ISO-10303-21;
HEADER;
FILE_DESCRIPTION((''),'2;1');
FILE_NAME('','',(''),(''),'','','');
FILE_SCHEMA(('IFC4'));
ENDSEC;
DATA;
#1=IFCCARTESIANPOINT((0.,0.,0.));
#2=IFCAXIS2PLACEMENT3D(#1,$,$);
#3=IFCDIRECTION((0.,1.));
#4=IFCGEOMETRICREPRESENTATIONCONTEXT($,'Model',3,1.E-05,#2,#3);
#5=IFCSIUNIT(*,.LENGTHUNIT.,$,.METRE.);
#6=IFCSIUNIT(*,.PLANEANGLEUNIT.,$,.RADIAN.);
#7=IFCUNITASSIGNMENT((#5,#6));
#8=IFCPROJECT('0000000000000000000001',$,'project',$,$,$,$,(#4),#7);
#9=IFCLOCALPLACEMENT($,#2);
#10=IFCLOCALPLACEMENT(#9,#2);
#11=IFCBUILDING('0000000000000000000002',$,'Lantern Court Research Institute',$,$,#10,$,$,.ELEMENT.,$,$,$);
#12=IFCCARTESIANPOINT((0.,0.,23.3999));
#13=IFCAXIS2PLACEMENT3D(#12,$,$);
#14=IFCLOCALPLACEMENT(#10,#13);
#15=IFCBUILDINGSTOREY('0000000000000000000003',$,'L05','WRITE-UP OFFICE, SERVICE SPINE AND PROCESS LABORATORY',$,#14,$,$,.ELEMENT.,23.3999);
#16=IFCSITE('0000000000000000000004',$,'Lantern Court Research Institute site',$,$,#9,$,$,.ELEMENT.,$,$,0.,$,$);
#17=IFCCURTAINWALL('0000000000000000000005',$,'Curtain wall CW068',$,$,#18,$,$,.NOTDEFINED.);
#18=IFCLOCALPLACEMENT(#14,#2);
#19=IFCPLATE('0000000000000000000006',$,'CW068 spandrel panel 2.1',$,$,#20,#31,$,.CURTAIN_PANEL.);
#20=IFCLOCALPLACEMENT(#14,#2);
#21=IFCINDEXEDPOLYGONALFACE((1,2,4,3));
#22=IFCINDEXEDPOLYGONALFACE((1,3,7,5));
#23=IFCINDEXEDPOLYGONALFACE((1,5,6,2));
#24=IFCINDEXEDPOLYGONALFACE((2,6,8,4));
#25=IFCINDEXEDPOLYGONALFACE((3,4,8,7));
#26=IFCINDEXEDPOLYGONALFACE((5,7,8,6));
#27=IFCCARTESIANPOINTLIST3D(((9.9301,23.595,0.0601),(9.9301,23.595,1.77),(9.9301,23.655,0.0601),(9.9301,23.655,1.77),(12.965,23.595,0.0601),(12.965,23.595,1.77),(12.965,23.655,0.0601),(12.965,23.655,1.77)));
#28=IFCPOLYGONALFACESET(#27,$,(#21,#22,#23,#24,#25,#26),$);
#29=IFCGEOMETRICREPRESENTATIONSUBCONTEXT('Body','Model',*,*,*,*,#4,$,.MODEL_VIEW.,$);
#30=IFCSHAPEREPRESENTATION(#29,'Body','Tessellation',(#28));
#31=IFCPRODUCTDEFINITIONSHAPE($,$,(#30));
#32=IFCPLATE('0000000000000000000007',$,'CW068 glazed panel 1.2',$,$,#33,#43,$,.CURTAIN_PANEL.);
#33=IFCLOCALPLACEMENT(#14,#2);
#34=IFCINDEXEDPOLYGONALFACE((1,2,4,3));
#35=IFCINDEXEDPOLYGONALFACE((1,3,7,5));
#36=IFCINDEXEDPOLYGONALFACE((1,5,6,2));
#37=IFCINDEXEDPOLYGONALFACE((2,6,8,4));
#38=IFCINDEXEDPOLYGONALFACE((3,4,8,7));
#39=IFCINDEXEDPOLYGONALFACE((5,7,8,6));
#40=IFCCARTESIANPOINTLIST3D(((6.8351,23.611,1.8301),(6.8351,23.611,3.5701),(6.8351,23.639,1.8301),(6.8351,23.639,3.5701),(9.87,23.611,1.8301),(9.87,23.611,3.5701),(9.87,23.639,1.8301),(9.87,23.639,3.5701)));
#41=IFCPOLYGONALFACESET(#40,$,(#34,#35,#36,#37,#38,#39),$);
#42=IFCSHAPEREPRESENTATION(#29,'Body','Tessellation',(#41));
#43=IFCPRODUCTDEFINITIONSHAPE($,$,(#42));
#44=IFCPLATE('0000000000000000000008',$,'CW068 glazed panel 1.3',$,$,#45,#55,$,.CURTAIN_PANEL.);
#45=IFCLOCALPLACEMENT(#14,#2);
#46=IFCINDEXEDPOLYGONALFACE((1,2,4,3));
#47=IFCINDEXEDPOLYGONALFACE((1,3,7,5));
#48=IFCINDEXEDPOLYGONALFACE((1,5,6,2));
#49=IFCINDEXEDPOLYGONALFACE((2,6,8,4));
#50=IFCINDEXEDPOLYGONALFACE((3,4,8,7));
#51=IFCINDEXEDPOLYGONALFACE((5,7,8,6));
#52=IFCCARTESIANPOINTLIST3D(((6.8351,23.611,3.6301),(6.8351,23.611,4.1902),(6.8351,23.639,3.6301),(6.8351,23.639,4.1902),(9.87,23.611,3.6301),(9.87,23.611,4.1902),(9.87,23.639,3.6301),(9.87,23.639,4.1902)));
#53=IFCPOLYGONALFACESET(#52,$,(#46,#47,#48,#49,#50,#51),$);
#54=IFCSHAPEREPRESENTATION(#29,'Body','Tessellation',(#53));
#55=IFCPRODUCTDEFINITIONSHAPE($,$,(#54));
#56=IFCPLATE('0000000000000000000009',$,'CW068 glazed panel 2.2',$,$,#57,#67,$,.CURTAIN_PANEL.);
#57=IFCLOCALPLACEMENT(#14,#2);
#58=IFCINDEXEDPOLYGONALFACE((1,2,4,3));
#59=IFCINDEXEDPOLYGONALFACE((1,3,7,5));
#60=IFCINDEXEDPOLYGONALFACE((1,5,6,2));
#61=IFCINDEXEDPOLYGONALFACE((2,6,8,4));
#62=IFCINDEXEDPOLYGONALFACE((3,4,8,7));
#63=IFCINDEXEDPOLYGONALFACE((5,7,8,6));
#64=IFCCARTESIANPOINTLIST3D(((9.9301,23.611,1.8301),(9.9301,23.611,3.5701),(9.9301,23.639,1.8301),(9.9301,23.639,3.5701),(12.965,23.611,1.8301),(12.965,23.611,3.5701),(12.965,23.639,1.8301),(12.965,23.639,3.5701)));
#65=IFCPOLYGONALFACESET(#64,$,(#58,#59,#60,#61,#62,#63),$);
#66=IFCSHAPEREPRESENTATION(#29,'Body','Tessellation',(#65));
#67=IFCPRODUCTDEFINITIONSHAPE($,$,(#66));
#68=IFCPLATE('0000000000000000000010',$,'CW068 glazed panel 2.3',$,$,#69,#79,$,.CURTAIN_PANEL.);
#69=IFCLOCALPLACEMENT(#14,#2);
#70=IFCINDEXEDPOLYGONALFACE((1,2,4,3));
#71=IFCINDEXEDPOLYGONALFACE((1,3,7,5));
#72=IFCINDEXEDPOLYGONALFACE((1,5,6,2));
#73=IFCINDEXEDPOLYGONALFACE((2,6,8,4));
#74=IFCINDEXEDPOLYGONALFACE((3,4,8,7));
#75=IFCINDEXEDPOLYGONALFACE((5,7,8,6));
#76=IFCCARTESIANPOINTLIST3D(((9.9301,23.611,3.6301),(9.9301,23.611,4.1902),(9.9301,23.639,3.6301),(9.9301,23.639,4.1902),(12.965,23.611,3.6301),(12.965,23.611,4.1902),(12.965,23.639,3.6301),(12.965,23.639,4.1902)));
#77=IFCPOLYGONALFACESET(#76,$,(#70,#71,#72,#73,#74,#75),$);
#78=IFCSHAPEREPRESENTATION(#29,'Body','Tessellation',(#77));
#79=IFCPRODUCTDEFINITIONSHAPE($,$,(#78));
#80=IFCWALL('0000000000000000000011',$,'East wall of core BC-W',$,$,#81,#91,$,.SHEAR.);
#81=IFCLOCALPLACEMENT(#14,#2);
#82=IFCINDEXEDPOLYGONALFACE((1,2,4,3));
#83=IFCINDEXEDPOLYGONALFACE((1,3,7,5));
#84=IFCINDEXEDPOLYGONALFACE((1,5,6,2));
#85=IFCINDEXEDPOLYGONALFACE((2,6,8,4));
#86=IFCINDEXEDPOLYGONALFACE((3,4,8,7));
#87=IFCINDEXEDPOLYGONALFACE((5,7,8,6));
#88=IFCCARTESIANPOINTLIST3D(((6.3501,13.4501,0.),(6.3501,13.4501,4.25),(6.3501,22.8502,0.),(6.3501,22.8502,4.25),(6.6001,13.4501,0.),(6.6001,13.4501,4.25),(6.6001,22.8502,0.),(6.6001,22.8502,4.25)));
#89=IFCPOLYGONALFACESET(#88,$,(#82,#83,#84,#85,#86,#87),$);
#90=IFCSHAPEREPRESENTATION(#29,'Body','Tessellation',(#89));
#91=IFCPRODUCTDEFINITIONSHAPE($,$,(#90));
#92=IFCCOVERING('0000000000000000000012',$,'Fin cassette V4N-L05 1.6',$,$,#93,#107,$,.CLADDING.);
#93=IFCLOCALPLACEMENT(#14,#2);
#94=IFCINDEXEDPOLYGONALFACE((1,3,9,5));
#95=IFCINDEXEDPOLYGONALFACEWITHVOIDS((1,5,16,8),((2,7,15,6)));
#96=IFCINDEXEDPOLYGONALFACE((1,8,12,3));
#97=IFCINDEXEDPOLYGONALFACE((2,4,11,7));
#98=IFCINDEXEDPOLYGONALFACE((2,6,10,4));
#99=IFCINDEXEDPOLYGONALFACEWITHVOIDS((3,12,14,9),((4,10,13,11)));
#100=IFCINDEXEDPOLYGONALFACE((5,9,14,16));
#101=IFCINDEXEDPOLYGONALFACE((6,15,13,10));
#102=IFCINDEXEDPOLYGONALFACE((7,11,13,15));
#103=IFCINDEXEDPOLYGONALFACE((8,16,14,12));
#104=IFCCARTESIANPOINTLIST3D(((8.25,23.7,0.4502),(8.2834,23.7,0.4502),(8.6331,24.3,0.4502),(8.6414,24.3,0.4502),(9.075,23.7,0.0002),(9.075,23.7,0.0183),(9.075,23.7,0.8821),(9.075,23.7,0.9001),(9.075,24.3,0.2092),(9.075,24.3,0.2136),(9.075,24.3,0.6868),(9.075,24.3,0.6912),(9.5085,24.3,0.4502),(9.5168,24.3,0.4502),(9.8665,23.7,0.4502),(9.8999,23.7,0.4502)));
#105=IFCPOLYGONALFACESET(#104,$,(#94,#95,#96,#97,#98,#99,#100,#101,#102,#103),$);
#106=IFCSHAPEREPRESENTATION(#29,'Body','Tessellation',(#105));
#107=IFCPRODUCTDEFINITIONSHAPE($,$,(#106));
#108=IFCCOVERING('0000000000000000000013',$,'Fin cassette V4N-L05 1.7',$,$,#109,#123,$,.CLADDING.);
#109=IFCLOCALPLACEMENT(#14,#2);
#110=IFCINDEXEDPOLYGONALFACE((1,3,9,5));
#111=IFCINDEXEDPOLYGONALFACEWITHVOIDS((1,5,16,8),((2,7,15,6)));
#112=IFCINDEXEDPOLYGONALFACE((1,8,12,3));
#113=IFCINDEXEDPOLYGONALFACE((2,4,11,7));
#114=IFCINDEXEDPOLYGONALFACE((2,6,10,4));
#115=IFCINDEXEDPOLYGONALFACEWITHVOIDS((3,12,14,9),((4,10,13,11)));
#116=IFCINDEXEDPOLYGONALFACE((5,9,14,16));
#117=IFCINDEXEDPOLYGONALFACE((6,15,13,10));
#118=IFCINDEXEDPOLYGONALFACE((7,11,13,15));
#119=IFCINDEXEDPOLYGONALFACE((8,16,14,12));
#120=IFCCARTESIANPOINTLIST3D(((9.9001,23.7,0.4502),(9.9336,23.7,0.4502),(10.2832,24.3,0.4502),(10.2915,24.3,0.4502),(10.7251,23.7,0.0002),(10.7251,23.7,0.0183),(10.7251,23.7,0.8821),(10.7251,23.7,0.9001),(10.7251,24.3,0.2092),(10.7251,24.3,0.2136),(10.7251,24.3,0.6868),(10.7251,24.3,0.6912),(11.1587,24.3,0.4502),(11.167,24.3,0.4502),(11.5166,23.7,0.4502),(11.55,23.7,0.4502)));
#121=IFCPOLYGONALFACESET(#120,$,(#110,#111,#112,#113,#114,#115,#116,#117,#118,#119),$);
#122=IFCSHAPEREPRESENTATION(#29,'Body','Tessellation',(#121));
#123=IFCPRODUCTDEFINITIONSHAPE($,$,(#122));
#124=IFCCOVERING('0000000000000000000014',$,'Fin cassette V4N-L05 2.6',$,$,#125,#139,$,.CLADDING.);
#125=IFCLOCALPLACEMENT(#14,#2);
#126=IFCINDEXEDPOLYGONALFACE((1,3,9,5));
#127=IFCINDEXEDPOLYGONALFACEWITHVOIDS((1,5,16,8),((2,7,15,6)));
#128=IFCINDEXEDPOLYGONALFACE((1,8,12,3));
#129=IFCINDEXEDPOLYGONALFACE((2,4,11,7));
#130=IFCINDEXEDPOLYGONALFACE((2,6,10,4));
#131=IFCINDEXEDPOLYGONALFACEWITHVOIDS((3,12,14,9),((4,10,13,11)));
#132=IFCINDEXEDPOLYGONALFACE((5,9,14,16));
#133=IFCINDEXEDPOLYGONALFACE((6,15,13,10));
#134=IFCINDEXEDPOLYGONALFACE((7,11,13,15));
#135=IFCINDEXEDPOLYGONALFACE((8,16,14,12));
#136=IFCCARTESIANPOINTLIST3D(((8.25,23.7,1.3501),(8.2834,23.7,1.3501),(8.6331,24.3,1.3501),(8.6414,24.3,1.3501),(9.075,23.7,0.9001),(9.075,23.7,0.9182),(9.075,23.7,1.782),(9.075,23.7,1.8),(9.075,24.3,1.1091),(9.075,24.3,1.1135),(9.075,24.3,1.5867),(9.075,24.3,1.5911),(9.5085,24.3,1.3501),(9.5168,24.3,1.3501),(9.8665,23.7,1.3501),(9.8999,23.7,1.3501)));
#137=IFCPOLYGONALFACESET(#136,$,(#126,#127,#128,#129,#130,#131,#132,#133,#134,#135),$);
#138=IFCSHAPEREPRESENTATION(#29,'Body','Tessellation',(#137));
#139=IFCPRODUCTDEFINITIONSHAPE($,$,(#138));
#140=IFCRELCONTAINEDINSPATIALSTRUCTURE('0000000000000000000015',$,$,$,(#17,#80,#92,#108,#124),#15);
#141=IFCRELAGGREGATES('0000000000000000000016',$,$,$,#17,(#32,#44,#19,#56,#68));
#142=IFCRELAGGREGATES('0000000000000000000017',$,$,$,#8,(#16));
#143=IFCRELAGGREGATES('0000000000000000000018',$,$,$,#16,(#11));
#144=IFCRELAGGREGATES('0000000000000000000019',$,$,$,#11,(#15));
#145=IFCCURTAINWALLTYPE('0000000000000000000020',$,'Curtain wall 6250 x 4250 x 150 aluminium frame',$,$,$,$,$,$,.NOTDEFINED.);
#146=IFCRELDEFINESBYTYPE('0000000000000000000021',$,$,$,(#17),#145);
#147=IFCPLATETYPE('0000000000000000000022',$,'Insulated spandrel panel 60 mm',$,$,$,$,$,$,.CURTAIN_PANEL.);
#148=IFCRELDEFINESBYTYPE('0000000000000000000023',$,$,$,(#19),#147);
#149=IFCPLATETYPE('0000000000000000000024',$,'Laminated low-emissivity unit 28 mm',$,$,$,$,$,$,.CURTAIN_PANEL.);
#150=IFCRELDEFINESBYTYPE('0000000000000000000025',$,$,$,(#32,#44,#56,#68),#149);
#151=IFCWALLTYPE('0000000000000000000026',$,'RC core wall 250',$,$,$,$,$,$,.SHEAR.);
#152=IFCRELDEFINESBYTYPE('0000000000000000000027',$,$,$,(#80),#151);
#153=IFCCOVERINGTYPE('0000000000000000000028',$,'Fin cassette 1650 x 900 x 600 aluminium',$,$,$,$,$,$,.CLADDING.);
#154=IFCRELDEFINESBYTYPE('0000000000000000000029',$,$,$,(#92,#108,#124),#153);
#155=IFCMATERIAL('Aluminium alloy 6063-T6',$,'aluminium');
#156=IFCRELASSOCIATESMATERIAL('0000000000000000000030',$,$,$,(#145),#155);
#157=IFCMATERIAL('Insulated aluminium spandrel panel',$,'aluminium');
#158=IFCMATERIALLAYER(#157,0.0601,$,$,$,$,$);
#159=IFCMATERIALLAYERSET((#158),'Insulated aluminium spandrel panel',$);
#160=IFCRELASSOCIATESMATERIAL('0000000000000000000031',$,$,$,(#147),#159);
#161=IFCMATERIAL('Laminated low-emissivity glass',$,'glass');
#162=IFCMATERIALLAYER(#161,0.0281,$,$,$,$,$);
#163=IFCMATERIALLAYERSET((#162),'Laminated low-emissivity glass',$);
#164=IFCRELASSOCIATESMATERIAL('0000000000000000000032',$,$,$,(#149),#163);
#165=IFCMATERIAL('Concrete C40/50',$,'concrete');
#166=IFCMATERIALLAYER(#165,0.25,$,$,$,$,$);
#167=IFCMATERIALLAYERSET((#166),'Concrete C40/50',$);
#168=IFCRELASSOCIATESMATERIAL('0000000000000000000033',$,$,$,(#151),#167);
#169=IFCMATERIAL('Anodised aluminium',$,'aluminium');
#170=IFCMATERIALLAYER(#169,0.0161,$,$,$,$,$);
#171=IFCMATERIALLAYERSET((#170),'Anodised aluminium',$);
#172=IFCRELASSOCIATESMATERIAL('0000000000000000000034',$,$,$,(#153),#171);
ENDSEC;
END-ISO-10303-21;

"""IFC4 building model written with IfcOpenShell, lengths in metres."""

from ifc_helpers import new_model, entity, si_unit, direction, frame, frame_2d, origin, origin_2d, place, context, subcontext, project, spatial, rectangle, extrude, material, layer, layer_set, type_object, element, aggregate, save


model = new_model("IFC4")

# Units and contexts
model_context = context("Model", 3, precision=1e-05, world=origin(), true_north=direction((0.0, 1.0)))
body_context = subcontext(model_context, "Body", "Model", "MODEL_VIEW")
ifc_project = project(units=[si_unit("LENGTHUNIT", "METRE"), si_unit("PLANEANGLEUNIT", "RADIAN")], contexts=[model_context])

# Site, building, storey
site_placement = place(None, origin())
site = spatial("IfcSite", under=ifc_project, at=site_placement, Name="Lantern Court Research Institute site", CompositionType="ELEMENT", RefElevation=0.0)
building_placement = place(site_placement, origin())
building = spatial("IfcBuilding", under=site, at=building_placement, Name="Lantern Court Research Institute", CompositionType="ELEMENT")
storey_placement = place(building_placement, frame((0.0, 0.0, 23.3999)))
storey = spatial("IfcBuildingStorey", under=building, at=storey_placement, Name="L05", Description="WRITE-UP OFFICE, SERVICE SPINE AND PROCESS LABORATORY", CompositionType="ELEMENT", Elevation=23.3999)

# Curtain wall
ifc_material_1 = material(Name="Aluminium alloy 6063-T6", Category="aluminium")
curtain_wall_type = type_object("IfcCurtainWallType", Name="Curtain wall 6250 x 4250 x 150 aluminium frame", PredefinedType="NOTDEFINED", material=ifc_material_1)
curtain_wall_placement = place(storey_placement, origin())
curtain_wall = element("IfcCurtainWall", 1, at=curtain_wall_placement, inside=storey, type_object=curtain_wall_type, Name="Curtain wall CW068", PredefinedType="NOTDEFINED")

# Plates
ifc_material_2 = material(Name="Insulated aluminium spandrel panel", Category="aluminium")
ifc_layer_1 = layer(ifc_material_2, 0.0601)
ifc_layer_set_1 = layer_set([ifc_layer_1], Name="Insulated aluminium spandrel panel")
plate_type_1 = type_object("IfcPlateType", Name="Insulated spandrel panel 60 mm", PredefinedType="CURTAIN_PANEL", material=ifc_layer_set_1)
plate_1_placement = place(storey_placement, frame((11.4475, 23.625, 0.0601), z_axis=(0.0, 0.0, 1.0), x_axis=(1.0, 0.0, 0.0)))
plate_1 = element("IfcPlate", 2, at=plate_1_placement, type_object=plate_type_1, Name="CW068 spandrel panel 2.1", PredefinedType="CURTAIN_PANEL", context=body_context, shape_type="SweptSolid", body=[
    extrude(rectangle(XDim=3.0349, YDim=0.0601, at=origin_2d()), origin(), (0.0, 0.0, 1.0), 1.71),
])
ifc_material_3 = material(Name="Laminated low-emissivity glass", Category="glass")
ifc_layer_2 = layer(ifc_material_3, 0.0281)
ifc_layer_set_2 = layer_set([ifc_layer_2], Name="Laminated low-emissivity glass")
plate_type_2 = type_object("IfcPlateType", Name="Laminated low-emissivity unit 28 mm", PredefinedType="CURTAIN_PANEL", material=ifc_layer_set_2)
plate_2_placement = place(storey_placement, frame((8.3525, 23.625, 1.8301), z_axis=(0.0, 0.0, 1.0), x_axis=(1.0, 0.0, 0.0)))
plate_2 = element("IfcPlate", 3, at=plate_2_placement, type_object=plate_type_2, Name="CW068 glazed panel 1.2", PredefinedType="CURTAIN_PANEL", context=body_context, shape_type="SweptSolid", body=[
    extrude(rectangle(XDim=3.0349, YDim=0.0281, at=origin_2d()), origin(), (0.0, 0.0, 1.0), 1.74),
])
plate_3_placement = place(storey_placement, frame((8.3525, 23.625, 3.6301), z_axis=(0.0, 0.0, 1.0), x_axis=(1.0, 0.0, 0.0)))
plate_3 = element("IfcPlate", 4, at=plate_3_placement, type_object=plate_type_2, Name="CW068 glazed panel 1.3", PredefinedType="CURTAIN_PANEL", context=body_context, shape_type="SweptSolid", body=[
    extrude(rectangle(XDim=3.0349, YDim=0.0281, at=origin_2d()), origin(), (0.0, 0.0, 1.0), 0.5601),
])
plate_4_placement = place(storey_placement, frame((11.4475, 23.625, 1.8301), z_axis=(0.0, 0.0, 1.0), x_axis=(1.0, 0.0, 0.0)))
plate_4 = element("IfcPlate", 5, at=plate_4_placement, type_object=plate_type_2, Name="CW068 glazed panel 2.2", PredefinedType="CURTAIN_PANEL", context=body_context, shape_type="SweptSolid", body=[
    extrude(rectangle(XDim=3.0349, YDim=0.0281, at=origin_2d()), origin(), (0.0, 0.0, 1.0), 1.74),
])
plate_5_placement = place(storey_placement, frame((11.4475, 23.625, 3.6301), z_axis=(0.0, 0.0, 1.0), x_axis=(1.0, 0.0, 0.0)))
plate_5 = element("IfcPlate", 6, at=plate_5_placement, type_object=plate_type_2, Name="CW068 glazed panel 2.3", PredefinedType="CURTAIN_PANEL", context=body_context, shape_type="SweptSolid", body=[
    extrude(rectangle(XDim=3.0349, YDim=0.0281, at=origin_2d()), origin(), (0.0, 0.0, 1.0), 0.5601),
])
aggregate(curtain_wall, [plate_2, plate_3, plate_1, plate_4, plate_5])

# Wall
ifc_material_4 = material(Name="Concrete C40/50", Category="concrete")
ifc_layer_3 = layer(ifc_material_4, 0.25)
ifc_layer_set_3 = layer_set([ifc_layer_3], Name="Concrete C40/50")
wall_type = type_object("IfcWallType", Name="RC core wall 250", PredefinedType="SHEAR", material=ifc_layer_set_3)
wall_placement = place(storey_placement, frame((6.4751, 13.45, 0.0), z_axis=(0.0, 0.0, 1.0), x_axis=(0.0, 1.0, 0.0)))
element("IfcWall", 7, at=wall_placement, inside=storey, type_object=wall_type, Name="East wall of core BC-W", PredefinedType="SHEAR", context=body_context, shape_type="SweptSolid", body=[
    extrude(rectangle(XDim=9.4001, YDim=0.25, at=frame_2d((4.7002, 0.0))), origin(), (0.0, 0.0, 1.0), 4.25),
])

# Coverings
ifc_material_5 = material(Name="Anodised aluminium", Category="aluminium")
ifc_layer_4 = layer(ifc_material_5, 0.0161)
ifc_layer_set_4 = layer_set([ifc_layer_4], Name="Anodised aluminium")
covering_type = type_object("IfcCoveringType", Name="Fin cassette 1650 x 900 x 600 aluminium", PredefinedType="CLADDING", material=ifc_layer_set_4)
covering_1_placement = place(storey_placement, frame((9.075, 23.7, 0.4502), z_axis=(0.0, 1.0, 0.0), x_axis=(-1.0, 0.0, 0.0)))
cartesian_point_1 = entity("IfcCartesianPoint", [0.825, 0.0])
cartesian_point_2 = entity("IfcCartesianPoint", [0.7915, 0.0])
cartesian_point_3 = entity("IfcCartesianPoint", [0.4419, 0.0])
cartesian_point_4 = entity("IfcCartesianPoint", [0.4336, 0.0])
element("IfcCovering", 8, at=covering_1_placement, inside=storey, type_object=covering_type, Name="Fin cassette V4N-L05 1.6", PredefinedType="CLADDING", context=body_context, shape_type="SweptSolid", body=[
    entity("IfcExtrudedAreaSolidTapered", entity("IfcArbitraryProfileDefWithVoids", "AREA", None, entity("IfcPolyline", [cartesian_point_1, entity("IfcCartesianPoint", [0.0, 0.45]), entity("IfcCartesianPoint", [-0.825, 0.0]), entity("IfcCartesianPoint", [0.0, -0.45]), cartesian_point_1]), [entity("IfcPolyline", [cartesian_point_2, entity("IfcCartesianPoint", [0.0, 0.4319]), entity("IfcCartesianPoint", [-0.7915, 0.0]), entity("IfcCartesianPoint", [0.0, -0.4319]), cartesian_point_2])]), entity("IfcAxis2Placement3D", entity("IfcCartesianPoint", [0.0, 0.0, 0.0])), entity("IfcDirection", [0.0, 0.0, 1.0]), 0.6001, entity("IfcArbitraryProfileDefWithVoids", "AREA", None, entity("IfcPolyline", [cartesian_point_3, entity("IfcCartesianPoint", [0.0, 0.241]), entity("IfcCartesianPoint", [-0.4419, 0.0]), entity("IfcCartesianPoint", [0.0, -0.241]), cartesian_point_3]), [entity("IfcPolyline", [cartesian_point_4, entity("IfcCartesianPoint", [0.0, 0.2366]), entity("IfcCartesianPoint", [-0.4336, 0.0]), entity("IfcCartesianPoint", [0.0, -0.2366]), cartesian_point_4])])),
])
covering_2_placement = place(storey_placement, frame((10.7251, 23.7, 0.4502), z_axis=(0.0, 1.0, 0.0), x_axis=(-1.0, 0.0, 0.0)))
cartesian_point_5 = entity("IfcCartesianPoint", [0.825, 0.0])
cartesian_point_6 = entity("IfcCartesianPoint", [0.7915, 0.0])
cartesian_point_7 = entity("IfcCartesianPoint", [0.4419, 0.0])
cartesian_point_8 = entity("IfcCartesianPoint", [0.4336, 0.0])
element("IfcCovering", 9, at=covering_2_placement, inside=storey, type_object=covering_type, Name="Fin cassette V4N-L05 1.7", PredefinedType="CLADDING", context=body_context, shape_type="SweptSolid", body=[
    entity("IfcExtrudedAreaSolidTapered", entity("IfcArbitraryProfileDefWithVoids", "AREA", None, entity("IfcPolyline", [cartesian_point_5, entity("IfcCartesianPoint", [0.0, 0.45]), entity("IfcCartesianPoint", [-0.825, 0.0]), entity("IfcCartesianPoint", [0.0, -0.45]), cartesian_point_5]), [entity("IfcPolyline", [cartesian_point_6, entity("IfcCartesianPoint", [0.0, 0.4319]), entity("IfcCartesianPoint", [-0.7915, 0.0]), entity("IfcCartesianPoint", [0.0, -0.4319]), cartesian_point_6])]), entity("IfcAxis2Placement3D", entity("IfcCartesianPoint", [0.0, 0.0, 0.0])), entity("IfcDirection", [0.0, 0.0, 1.0]), 0.6001, entity("IfcArbitraryProfileDefWithVoids", "AREA", None, entity("IfcPolyline", [cartesian_point_7, entity("IfcCartesianPoint", [0.0, 0.241]), entity("IfcCartesianPoint", [-0.4419, 0.0]), entity("IfcCartesianPoint", [0.0, -0.241]), cartesian_point_7]), [entity("IfcPolyline", [cartesian_point_8, entity("IfcCartesianPoint", [0.0, 0.2366]), entity("IfcCartesianPoint", [-0.4336, 0.0]), entity("IfcCartesianPoint", [0.0, -0.2366]), cartesian_point_8])])),
])
covering_3_placement = place(storey_placement, frame((9.075, 23.7, 1.3501), z_axis=(0.0, 1.0, 0.0), x_axis=(-1.0, 0.0, 0.0)))
cartesian_point_9 = entity("IfcCartesianPoint", [0.825, 0.0])
cartesian_point_10 = entity("IfcCartesianPoint", [0.7915, 0.0])
cartesian_point_11 = entity("IfcCartesianPoint", [0.4419, 0.0])
cartesian_point_12 = entity("IfcCartesianPoint", [0.4336, 0.0])
element("IfcCovering", 10, at=covering_3_placement, inside=storey, type_object=covering_type, Name="Fin cassette V4N-L05 2.6", PredefinedType="CLADDING", context=body_context, shape_type="SweptSolid", body=[
    entity("IfcExtrudedAreaSolidTapered", entity("IfcArbitraryProfileDefWithVoids", "AREA", None, entity("IfcPolyline", [cartesian_point_9, entity("IfcCartesianPoint", [0.0, 0.45]), entity("IfcCartesianPoint", [-0.825, 0.0]), entity("IfcCartesianPoint", [0.0, -0.45]), cartesian_point_9]), [entity("IfcPolyline", [cartesian_point_10, entity("IfcCartesianPoint", [0.0, 0.4319]), entity("IfcCartesianPoint", [-0.7915, 0.0]), entity("IfcCartesianPoint", [0.0, -0.4319]), cartesian_point_10])]), entity("IfcAxis2Placement3D", entity("IfcCartesianPoint", [0.0, 0.0, 0.0])), entity("IfcDirection", [0.0, 0.0, 1.0]), 0.6001, entity("IfcArbitraryProfileDefWithVoids", "AREA", None, entity("IfcPolyline", [cartesian_point_11, entity("IfcCartesianPoint", [0.0, 0.241]), entity("IfcCartesianPoint", [-0.4419, 0.0]), entity("IfcCartesianPoint", [0.0, -0.241]), cartesian_point_11]), [entity("IfcPolyline", [cartesian_point_12, entity("IfcCartesianPoint", [0.0, 0.2366]), entity("IfcCartesianPoint", [-0.4336, 0.0]), entity("IfcCartesianPoint", [0.0, -0.2366]), cartesian_point_12])])),
])

save(model, "model.ifc")
